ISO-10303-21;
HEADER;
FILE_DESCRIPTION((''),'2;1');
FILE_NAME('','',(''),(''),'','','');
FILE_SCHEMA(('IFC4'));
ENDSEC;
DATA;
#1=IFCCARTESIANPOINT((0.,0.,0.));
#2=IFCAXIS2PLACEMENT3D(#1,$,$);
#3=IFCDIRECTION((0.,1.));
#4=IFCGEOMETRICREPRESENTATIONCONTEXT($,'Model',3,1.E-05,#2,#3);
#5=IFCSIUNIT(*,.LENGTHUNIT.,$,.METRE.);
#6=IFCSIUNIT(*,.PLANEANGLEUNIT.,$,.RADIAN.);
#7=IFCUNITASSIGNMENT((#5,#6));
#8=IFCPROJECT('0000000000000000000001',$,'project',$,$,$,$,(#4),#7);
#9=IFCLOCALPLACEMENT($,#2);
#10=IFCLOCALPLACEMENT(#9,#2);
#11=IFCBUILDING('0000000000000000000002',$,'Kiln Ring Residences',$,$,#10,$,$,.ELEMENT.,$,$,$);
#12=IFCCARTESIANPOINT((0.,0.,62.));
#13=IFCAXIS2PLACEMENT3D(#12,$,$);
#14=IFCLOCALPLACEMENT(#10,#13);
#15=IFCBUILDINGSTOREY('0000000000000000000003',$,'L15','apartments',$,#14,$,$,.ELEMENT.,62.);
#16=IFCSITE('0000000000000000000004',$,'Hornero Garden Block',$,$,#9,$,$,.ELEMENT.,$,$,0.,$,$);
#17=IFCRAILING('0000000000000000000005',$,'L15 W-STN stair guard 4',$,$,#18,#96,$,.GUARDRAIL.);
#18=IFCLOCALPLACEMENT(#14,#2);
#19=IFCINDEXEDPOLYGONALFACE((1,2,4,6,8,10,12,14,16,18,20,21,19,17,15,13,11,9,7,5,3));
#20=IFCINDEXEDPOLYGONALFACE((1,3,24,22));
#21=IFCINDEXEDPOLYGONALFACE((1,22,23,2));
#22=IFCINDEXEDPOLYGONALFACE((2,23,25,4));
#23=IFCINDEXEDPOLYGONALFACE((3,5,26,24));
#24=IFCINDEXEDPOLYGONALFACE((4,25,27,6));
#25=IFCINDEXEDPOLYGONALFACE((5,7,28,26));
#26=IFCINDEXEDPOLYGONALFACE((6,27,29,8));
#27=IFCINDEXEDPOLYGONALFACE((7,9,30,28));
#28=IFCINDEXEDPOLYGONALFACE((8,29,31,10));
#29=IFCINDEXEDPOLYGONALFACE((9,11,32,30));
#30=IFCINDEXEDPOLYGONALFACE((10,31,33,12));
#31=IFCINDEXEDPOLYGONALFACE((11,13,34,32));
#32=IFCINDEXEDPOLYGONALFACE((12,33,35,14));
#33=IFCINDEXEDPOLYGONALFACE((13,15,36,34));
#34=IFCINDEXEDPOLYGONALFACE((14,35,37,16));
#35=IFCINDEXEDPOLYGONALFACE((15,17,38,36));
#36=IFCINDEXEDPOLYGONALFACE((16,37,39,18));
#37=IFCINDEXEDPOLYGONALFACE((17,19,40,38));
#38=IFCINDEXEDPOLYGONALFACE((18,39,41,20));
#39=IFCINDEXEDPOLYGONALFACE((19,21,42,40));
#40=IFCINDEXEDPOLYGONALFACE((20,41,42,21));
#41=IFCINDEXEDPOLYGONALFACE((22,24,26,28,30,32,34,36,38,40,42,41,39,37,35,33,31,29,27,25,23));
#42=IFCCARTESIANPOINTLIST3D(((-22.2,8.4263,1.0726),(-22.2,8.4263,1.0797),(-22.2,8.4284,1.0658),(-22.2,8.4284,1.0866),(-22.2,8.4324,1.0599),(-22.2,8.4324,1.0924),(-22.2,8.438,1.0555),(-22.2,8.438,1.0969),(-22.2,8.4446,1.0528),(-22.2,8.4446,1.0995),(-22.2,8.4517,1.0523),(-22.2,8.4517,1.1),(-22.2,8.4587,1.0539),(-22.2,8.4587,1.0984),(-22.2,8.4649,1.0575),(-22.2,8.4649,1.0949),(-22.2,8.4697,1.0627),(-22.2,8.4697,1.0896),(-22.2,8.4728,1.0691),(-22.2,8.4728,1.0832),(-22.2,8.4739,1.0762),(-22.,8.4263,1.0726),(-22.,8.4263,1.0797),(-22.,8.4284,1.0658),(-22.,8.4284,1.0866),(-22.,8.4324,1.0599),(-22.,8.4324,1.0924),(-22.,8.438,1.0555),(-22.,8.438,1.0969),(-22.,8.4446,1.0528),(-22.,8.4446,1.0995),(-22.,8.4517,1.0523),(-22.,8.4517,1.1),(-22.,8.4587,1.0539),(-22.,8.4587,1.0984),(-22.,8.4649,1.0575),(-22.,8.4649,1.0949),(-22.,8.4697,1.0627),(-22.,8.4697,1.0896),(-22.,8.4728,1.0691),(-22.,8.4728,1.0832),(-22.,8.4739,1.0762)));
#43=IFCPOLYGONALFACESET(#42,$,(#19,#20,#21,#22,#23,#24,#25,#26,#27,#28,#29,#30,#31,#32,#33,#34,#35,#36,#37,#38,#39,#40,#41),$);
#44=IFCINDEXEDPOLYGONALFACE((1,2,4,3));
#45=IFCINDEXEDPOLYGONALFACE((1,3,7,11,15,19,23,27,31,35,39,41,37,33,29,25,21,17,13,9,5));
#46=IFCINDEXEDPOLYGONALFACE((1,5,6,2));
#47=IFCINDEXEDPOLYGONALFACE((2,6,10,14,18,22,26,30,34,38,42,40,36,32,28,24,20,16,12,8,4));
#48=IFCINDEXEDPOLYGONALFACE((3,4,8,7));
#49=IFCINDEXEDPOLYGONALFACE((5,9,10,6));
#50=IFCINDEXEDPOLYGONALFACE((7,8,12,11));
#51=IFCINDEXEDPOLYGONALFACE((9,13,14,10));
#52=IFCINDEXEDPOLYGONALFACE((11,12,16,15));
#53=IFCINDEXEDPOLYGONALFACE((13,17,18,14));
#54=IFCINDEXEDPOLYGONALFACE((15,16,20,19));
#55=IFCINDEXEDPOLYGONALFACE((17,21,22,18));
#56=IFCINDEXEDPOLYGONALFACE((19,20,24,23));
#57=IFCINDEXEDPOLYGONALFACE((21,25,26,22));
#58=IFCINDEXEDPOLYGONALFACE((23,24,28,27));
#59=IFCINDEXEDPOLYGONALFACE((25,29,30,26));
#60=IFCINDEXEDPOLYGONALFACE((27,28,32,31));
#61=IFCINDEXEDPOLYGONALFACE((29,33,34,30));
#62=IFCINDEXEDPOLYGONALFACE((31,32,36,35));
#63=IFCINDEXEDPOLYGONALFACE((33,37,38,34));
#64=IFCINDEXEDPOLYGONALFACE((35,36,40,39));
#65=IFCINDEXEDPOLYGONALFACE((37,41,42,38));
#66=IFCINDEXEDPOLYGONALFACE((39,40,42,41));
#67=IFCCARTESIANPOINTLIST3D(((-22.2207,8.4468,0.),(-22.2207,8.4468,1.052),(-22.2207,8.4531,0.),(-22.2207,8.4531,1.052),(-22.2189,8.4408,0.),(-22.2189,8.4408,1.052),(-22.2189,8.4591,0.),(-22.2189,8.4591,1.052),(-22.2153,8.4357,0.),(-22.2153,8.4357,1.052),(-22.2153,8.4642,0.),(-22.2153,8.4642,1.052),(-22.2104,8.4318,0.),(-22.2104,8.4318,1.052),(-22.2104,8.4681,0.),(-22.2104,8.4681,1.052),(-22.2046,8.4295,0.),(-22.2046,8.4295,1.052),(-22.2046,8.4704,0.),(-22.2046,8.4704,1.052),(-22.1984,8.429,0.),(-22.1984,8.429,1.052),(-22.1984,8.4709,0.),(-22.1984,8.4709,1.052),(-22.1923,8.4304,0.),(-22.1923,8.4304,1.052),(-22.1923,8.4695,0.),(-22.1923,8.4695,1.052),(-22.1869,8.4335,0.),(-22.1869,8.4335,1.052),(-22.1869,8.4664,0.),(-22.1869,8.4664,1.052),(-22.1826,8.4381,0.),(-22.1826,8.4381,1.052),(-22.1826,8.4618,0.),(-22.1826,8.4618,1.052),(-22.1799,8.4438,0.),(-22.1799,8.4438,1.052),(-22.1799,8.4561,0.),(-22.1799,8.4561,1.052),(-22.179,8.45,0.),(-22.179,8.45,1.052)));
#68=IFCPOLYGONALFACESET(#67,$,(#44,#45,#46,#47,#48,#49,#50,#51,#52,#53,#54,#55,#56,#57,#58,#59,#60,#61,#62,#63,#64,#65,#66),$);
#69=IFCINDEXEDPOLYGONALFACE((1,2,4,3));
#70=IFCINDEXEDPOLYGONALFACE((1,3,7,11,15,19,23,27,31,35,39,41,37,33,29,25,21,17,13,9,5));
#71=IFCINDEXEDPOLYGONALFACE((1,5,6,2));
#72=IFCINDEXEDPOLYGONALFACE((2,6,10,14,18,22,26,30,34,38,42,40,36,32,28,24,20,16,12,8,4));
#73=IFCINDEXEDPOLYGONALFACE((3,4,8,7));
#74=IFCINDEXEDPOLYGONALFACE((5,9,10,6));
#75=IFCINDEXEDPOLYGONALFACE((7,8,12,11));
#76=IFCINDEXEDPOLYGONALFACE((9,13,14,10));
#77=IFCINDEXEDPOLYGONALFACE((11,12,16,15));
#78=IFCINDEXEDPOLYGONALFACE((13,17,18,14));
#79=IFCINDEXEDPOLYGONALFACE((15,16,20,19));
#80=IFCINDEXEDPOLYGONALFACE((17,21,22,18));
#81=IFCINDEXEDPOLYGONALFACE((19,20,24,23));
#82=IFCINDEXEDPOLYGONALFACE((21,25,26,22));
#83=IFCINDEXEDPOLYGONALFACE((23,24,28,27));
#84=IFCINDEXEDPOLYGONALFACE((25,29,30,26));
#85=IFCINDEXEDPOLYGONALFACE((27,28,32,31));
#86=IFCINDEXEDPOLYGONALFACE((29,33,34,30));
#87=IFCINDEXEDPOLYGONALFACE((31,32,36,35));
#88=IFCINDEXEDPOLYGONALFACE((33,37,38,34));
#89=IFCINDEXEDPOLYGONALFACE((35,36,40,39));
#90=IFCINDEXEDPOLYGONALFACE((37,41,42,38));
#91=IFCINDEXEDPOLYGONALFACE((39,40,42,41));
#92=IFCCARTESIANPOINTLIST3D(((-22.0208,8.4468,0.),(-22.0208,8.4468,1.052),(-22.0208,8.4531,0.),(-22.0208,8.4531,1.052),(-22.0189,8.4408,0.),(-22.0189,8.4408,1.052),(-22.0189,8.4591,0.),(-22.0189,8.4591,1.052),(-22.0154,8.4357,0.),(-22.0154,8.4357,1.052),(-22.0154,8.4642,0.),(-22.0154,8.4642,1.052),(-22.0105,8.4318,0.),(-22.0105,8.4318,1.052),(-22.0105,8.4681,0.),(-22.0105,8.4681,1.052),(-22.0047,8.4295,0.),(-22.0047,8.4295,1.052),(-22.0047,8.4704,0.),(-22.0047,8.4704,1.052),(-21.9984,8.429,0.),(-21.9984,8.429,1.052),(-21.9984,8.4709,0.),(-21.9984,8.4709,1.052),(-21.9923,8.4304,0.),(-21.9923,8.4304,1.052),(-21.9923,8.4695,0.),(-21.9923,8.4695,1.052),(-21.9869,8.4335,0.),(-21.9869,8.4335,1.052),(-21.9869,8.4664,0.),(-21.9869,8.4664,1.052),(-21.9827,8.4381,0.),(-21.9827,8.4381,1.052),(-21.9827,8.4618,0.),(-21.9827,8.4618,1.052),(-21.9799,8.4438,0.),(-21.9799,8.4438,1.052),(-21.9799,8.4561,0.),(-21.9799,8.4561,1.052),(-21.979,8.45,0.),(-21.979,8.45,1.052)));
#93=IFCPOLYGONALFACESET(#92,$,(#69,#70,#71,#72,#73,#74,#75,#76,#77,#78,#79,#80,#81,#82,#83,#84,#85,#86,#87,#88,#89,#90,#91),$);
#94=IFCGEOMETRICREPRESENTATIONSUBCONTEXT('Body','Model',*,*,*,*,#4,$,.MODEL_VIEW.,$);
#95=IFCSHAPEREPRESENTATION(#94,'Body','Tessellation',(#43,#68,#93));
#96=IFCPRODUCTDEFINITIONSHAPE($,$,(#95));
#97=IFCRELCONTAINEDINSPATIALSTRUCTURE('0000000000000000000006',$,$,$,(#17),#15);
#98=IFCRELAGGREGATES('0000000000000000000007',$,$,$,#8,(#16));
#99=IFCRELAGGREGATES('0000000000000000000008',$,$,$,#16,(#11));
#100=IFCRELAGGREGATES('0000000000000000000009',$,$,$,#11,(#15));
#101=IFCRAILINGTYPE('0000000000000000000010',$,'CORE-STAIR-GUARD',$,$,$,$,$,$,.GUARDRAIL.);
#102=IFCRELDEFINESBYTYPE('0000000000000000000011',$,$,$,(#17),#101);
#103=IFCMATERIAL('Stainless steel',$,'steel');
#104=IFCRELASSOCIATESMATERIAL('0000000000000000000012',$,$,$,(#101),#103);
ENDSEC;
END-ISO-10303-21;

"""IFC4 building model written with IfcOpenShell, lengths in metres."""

from ifc_helpers import new_model, si_unit, direction, frame, origin, origin_2d, place, context, subcontext, project, spatial, circle, extrude, material, type_object, element, save


model = new_model("IFC4")

# Units and contexts
model_context = context("Model", 3, precision=1e-05, world=origin(), true_north=direction((0.0, 1.0)))
body_context = subcontext(model_context, "Body", "Model", "MODEL_VIEW")
ifc_project = project(units=[si_unit("LENGTHUNIT", "METRE"), si_unit("PLANEANGLEUNIT", "RADIAN")], contexts=[model_context])

# Site, building, storey
site_placement = place(None, origin())
site = spatial("IfcSite", under=ifc_project, at=site_placement, Name="Hornero Garden Block", CompositionType="ELEMENT", RefElevation=0.0)
building_placement = place(site_placement, origin())
building = spatial("IfcBuilding", under=site, at=building_placement, Name="Kiln Ring Residences", CompositionType="ELEMENT")
storey_placement = place(building_placement, frame((0.0, 0.0, 62.0)))
storey = spatial("IfcBuildingStorey", under=building, at=storey_placement, Name="L15", Description="apartments", CompositionType="ELEMENT", Elevation=62.0)

# Railing
ifc_material_1 = material(Name="Stainless steel", Category="steel")
railing_type_1 = type_object("IfcRailingType", Name="CORE-STAIR-GUARD", PredefinedType="GUARDRAIL", material=ifc_material_1)
railing_1_placement = place(storey_placement, frame((-22.2, 8.45, 0.0)))
element("IfcRailing", 1, at=railing_1_placement, inside=storey, type_object=railing_type_1, Name="L15 W-STN stair guard 4", PredefinedType="GUARDRAIL", context=body_context, shape_type="SweptSolid", body=[
    extrude(circle(Radius=0.0239, at=origin_2d()), frame((0.0, 0.0, 1.0762), z_axis=(1.0, 0.0, 0.0), x_axis=(0.0, 1.0, 0.0)), (0.0, 0.0, 1.0), 0.2),
    extrude(circle(Radius=0.021, at=origin_2d()), origin(), (0.0, 0.0, 1.0), 1.052),
    extrude(circle(Radius=0.021, at=origin_2d()), frame((0.2, 0.0, 0.0)), (0.0, 0.0, 1.0), 1.052),
])

save(model, "model.ifc")
